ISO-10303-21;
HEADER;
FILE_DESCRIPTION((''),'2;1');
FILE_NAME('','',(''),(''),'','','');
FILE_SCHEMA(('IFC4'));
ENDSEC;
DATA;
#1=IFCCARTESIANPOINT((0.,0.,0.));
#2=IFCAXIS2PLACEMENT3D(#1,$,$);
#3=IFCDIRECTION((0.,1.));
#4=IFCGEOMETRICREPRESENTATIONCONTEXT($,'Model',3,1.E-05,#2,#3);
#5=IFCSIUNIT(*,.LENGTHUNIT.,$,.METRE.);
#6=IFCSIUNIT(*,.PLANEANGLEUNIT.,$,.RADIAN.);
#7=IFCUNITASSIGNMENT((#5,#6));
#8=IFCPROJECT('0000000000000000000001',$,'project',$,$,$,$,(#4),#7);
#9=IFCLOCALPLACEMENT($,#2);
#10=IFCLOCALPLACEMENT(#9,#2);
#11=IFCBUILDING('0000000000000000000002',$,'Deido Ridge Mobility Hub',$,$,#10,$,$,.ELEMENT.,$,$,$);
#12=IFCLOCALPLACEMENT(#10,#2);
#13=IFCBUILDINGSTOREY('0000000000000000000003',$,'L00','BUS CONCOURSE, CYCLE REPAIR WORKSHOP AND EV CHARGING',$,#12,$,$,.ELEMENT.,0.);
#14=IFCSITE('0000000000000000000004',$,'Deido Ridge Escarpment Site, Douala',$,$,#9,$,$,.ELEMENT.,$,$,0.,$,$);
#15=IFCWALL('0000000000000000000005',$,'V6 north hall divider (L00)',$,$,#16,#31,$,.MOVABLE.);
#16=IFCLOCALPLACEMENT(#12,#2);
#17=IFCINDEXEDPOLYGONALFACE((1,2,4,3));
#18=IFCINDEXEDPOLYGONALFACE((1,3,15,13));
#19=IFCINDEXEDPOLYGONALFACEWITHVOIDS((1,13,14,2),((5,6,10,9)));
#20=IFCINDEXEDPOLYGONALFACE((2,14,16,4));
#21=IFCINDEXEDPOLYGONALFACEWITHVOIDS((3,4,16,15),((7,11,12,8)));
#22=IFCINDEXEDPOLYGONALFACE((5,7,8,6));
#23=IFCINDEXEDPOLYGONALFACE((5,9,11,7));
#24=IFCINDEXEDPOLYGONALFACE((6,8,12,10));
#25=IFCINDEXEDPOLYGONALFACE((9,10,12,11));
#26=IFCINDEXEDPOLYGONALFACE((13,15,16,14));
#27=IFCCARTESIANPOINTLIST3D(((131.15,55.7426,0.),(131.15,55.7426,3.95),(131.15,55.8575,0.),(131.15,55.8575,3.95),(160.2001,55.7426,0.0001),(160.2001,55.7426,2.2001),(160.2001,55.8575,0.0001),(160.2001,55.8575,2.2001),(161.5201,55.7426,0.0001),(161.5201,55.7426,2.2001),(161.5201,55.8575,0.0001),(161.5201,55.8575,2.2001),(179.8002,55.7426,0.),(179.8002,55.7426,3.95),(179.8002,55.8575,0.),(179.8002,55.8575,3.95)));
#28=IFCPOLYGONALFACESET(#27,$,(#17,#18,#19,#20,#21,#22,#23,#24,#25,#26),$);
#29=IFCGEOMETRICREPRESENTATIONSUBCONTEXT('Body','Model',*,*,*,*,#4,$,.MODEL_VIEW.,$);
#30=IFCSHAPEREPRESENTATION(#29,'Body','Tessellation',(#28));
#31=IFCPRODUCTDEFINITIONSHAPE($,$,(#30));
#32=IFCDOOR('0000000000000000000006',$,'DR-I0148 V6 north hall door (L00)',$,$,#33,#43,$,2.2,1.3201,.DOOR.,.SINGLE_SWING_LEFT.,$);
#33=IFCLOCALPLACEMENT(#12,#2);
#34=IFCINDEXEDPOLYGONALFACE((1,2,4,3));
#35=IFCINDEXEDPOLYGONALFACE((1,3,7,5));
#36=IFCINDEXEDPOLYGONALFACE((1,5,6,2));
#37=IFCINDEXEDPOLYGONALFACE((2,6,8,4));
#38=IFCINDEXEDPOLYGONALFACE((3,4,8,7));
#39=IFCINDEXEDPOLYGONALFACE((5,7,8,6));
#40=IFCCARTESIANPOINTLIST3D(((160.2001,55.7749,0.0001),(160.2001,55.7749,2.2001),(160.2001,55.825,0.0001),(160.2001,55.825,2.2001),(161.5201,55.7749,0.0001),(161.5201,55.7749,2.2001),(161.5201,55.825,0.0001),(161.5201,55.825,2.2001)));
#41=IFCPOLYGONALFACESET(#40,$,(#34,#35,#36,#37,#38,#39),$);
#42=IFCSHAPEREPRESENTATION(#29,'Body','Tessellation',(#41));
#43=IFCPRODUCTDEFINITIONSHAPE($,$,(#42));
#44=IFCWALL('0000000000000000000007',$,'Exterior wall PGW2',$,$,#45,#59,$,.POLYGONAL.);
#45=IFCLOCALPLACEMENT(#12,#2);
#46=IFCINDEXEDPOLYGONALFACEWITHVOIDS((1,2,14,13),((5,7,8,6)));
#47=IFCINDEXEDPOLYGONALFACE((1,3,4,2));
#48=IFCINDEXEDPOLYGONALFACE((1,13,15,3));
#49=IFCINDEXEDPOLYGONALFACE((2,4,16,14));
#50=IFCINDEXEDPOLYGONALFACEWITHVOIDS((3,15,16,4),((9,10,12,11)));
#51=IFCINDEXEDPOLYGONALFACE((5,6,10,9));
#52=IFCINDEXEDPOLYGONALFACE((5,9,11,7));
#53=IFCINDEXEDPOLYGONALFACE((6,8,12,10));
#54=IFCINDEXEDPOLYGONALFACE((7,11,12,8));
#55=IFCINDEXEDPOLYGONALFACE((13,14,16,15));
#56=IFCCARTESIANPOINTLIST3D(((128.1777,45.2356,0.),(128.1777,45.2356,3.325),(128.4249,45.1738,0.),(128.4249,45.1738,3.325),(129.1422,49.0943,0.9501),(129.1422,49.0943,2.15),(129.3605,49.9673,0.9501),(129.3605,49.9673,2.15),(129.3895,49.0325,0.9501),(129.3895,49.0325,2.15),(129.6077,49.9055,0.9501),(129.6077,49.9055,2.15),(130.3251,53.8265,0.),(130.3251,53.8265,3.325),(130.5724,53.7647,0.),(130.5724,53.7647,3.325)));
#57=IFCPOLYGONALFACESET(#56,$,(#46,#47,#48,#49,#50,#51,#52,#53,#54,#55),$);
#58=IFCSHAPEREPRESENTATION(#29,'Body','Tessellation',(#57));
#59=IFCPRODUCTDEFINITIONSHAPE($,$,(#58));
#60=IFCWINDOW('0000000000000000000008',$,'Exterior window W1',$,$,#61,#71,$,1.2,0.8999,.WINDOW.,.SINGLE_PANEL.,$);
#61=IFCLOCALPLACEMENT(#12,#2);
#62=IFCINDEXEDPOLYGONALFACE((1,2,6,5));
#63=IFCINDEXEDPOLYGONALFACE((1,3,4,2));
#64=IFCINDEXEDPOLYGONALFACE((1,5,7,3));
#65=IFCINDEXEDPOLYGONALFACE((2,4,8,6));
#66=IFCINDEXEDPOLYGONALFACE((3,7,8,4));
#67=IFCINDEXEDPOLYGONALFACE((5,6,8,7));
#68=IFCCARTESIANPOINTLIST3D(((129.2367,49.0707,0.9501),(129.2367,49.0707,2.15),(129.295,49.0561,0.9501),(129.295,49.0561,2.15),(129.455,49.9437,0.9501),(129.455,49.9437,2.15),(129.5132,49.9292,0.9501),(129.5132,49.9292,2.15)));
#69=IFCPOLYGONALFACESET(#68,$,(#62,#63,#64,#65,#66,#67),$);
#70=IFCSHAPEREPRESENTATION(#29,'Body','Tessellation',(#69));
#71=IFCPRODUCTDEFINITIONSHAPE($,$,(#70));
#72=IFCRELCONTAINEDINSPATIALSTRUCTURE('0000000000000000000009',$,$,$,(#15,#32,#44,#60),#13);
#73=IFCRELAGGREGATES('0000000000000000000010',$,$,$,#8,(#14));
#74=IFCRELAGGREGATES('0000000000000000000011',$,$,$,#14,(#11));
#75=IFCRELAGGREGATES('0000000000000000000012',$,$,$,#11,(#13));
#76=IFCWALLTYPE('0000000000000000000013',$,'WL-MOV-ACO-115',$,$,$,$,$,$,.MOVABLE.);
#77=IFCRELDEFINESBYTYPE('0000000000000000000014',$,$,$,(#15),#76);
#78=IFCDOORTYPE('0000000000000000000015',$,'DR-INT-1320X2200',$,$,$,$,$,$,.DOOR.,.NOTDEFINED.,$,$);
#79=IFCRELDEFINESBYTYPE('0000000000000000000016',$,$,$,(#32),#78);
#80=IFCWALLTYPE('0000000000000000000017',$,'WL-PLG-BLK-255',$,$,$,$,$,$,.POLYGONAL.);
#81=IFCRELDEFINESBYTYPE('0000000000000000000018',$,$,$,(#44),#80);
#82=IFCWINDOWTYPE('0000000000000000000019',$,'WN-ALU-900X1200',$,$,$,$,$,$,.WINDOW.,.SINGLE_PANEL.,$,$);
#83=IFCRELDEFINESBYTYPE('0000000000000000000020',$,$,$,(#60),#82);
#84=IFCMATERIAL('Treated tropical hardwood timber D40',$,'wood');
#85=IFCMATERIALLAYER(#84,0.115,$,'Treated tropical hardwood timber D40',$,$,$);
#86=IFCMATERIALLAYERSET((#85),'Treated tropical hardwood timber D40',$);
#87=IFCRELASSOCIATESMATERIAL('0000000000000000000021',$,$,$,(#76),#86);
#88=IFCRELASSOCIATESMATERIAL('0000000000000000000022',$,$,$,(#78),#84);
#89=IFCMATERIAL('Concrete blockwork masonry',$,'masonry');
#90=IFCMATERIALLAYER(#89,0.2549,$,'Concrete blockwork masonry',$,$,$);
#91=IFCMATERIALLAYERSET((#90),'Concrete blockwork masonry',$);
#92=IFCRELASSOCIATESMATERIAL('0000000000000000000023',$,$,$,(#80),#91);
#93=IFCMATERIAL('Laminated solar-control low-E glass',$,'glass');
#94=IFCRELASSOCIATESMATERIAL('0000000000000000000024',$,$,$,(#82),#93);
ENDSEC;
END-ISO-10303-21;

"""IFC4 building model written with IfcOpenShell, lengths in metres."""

from ifc_helpers import new_model, si_unit, direction, frame, frame_2d, origin, place, context, subcontext, project, spatial, rectangle, extrude, material, layer, layer_set, type_object, element, fill, save


model = new_model("IFC4")

# Units and contexts
model_context = context("Model", 3, precision=1e-05, world=origin(), true_north=direction((0.0, 1.0)))
body_context = subcontext(model_context, "Body", "Model", "MODEL_VIEW")
ifc_project = project(units=[si_unit("LENGTHUNIT", "METRE"), si_unit("PLANEANGLEUNIT", "RADIAN")], contexts=[model_context])

# Site, building, storey
site_placement = place(None, origin())
site = spatial("IfcSite", under=ifc_project, at=site_placement, Name="Deido Ridge Escarpment Site, Douala", CompositionType="ELEMENT", RefElevation=0.0)
building_placement = place(site_placement, origin())
building = spatial("IfcBuilding", under=site, at=building_placement, Name="Deido Ridge Mobility Hub", CompositionType="ELEMENT")
storey_placement = place(building_placement, origin())
storey = spatial("IfcBuildingStorey", under=building, at=storey_placement, Name="L00", Description="BUS CONCOURSE, CYCLE REPAIR WORKSHOP AND EV CHARGING", CompositionType="ELEMENT", Elevation=0.0)

# Shared definitions
ifc_material_1 = material(Name="Laminated solar-control low-E glass", Category="glass")

# Wall, opening, door
ifc_material_2 = material(Name="Treated tropical hardwood timber D40", Category="wood")
ifc_layer_1 = layer(ifc_material_2, 0.115, Name="Treated tropical hardwood timber D40")
ifc_layer_set_1 = layer_set([ifc_layer_1], Name="Treated tropical hardwood timber D40")
wall_type_1 = type_object("IfcWallType", Name="WL-MOV-ACO-115", PredefinedType="MOVABLE", material=ifc_layer_set_1)
wall_1_placement = place(storey_placement, frame((131.1499, 55.8, 0.0), z_axis=(0.0, 0.0, 1.0), x_axis=(1.0, 0.0, 0.0)))
wall_1 = element("IfcWall", 1, at=wall_1_placement, inside=storey, type_object=wall_type_1, Name="V6 north hall divider (L00)", PredefinedType="MOVABLE", context=body_context, shape_type="SweptSolid", body=[
    extrude(rectangle(XDim=48.6501, YDim=0.115, at=frame_2d((24.3252, 0.0))), origin(), (0.0, 0.0, 1.0), 3.95),
])
opening_1_placement = place(wall_1_placement, frame((29.05, 0.0, 0.0)))
opening_1 = element("IfcOpeningElement", 2, at=opening_1_placement, cuts=wall_1, PredefinedType="OPENING", context=body_context, shape_type="SweptSolid", body=[
    extrude(rectangle(XDim=1.3201, YDim=2.2, at=frame_2d((0.6602, 1.1001))), frame((0.0, 0.0674, 0.0), z_axis=(0.0, -1.0, 0.0), x_axis=(1.0, 0.0, 0.0)), (0.0, 0.0, 1.0), 0.135),
])
door_type = type_object("IfcDoorType", Name="DR-INT-1320X2200", OperationType="NOTDEFINED", PredefinedType="DOOR", material=ifc_material_2)
door_placement = place(opening_1_placement, origin())
door = element("IfcDoor", 3, at=door_placement, inside=storey, type_object=door_type, Name="DR-I0148 V6 north hall door (L00)", OperationType="SINGLE_SWING_LEFT", OverallHeight=2.2, OverallWidth=1.3201, PredefinedType="DOOR", context=body_context, shape_type="SweptSolid", body=[
    extrude(rectangle(XDim=1.3201, YDim=2.2, at=frame_2d((0.6602, 1.1001))), frame((0.0, 0.0249, 0.0), z_axis=(0.0, -1.0, 0.0), x_axis=(1.0, 0.0, 0.0)), (0.0, 0.0, 1.0), 0.05),
])
fill(opening_1, door)

# Wall, opening, window
ifc_material_3 = material(Name="Concrete blockwork masonry", Category="masonry")
ifc_layer_2 = layer(ifc_material_3, 0.2549, Name="Concrete blockwork masonry")
ifc_layer_set_2 = layer_set([ifc_layer_2], Name="Concrete blockwork masonry")
wall_type_2 = type_object("IfcWallType", Name="WL-PLG-BLK-255", PredefinedType="POLYGONAL", material=ifc_layer_set_2)
wall_2_placement = place(storey_placement, frame((128.3013, 45.2046, 0.0), z_axis=(0.0, 0.0, 1.0), x_axis=(0.24251, 0.970149, 0.0)))
wall_2 = element("IfcWall", 4, at=wall_2_placement, inside=storey, type_object=wall_type_2, Name="Exterior wall PGW2", PredefinedType="POLYGONAL", context=body_context, shape_type="SweptSolid", body=[
    extrude(rectangle(XDim=8.8552, YDim=0.2549, at=frame_2d((4.4277, 0.0))), origin(), (0.0, 0.0, 1.0), 3.325),
])
opening_2_placement = place(wall_2_placement, frame((3.9775, 0.0, 0.95)))
opening_2 = element("IfcOpeningElement", 5, at=opening_2_placement, cuts=wall_2, PredefinedType="OPENING", context=body_context, shape_type="SweptSolid", body=[
    extrude(rectangle(XDim=0.8999, YDim=1.2, at=frame_2d((0.45, 0.6001))), frame((0.0, 0.1375, 0.0), z_axis=(0.0, -1.0, 0.0), x_axis=(1.0, 0.0, 0.0)), (0.0, 0.0, 1.0), 0.2749),
])
window_type = type_object("IfcWindowType", Name="WN-ALU-900X1200", PartitioningType="SINGLE_PANEL", PredefinedType="WINDOW", material=ifc_material_1)
window_placement = place(opening_2_placement, origin())
window = element("IfcWindow", 6, at=window_placement, inside=storey, type_object=window_type, Name="Exterior window W1", OverallHeight=1.2, OverallWidth=0.8999, PartitioningType="SINGLE_PANEL", PredefinedType="WINDOW", context=body_context, shape_type="SweptSolid", body=[
    extrude(rectangle(XDim=0.8999, YDim=1.2, at=frame_2d((0.45, 0.6001))), frame((0.0, 0.03, 0.0), z_axis=(0.0, -1.0, 0.0), x_axis=(1.0, 0.0, 0.0)), (0.0, 0.0, 1.0), 0.0601),
])
fill(opening_2, window)

save(model, "model.ifc")
